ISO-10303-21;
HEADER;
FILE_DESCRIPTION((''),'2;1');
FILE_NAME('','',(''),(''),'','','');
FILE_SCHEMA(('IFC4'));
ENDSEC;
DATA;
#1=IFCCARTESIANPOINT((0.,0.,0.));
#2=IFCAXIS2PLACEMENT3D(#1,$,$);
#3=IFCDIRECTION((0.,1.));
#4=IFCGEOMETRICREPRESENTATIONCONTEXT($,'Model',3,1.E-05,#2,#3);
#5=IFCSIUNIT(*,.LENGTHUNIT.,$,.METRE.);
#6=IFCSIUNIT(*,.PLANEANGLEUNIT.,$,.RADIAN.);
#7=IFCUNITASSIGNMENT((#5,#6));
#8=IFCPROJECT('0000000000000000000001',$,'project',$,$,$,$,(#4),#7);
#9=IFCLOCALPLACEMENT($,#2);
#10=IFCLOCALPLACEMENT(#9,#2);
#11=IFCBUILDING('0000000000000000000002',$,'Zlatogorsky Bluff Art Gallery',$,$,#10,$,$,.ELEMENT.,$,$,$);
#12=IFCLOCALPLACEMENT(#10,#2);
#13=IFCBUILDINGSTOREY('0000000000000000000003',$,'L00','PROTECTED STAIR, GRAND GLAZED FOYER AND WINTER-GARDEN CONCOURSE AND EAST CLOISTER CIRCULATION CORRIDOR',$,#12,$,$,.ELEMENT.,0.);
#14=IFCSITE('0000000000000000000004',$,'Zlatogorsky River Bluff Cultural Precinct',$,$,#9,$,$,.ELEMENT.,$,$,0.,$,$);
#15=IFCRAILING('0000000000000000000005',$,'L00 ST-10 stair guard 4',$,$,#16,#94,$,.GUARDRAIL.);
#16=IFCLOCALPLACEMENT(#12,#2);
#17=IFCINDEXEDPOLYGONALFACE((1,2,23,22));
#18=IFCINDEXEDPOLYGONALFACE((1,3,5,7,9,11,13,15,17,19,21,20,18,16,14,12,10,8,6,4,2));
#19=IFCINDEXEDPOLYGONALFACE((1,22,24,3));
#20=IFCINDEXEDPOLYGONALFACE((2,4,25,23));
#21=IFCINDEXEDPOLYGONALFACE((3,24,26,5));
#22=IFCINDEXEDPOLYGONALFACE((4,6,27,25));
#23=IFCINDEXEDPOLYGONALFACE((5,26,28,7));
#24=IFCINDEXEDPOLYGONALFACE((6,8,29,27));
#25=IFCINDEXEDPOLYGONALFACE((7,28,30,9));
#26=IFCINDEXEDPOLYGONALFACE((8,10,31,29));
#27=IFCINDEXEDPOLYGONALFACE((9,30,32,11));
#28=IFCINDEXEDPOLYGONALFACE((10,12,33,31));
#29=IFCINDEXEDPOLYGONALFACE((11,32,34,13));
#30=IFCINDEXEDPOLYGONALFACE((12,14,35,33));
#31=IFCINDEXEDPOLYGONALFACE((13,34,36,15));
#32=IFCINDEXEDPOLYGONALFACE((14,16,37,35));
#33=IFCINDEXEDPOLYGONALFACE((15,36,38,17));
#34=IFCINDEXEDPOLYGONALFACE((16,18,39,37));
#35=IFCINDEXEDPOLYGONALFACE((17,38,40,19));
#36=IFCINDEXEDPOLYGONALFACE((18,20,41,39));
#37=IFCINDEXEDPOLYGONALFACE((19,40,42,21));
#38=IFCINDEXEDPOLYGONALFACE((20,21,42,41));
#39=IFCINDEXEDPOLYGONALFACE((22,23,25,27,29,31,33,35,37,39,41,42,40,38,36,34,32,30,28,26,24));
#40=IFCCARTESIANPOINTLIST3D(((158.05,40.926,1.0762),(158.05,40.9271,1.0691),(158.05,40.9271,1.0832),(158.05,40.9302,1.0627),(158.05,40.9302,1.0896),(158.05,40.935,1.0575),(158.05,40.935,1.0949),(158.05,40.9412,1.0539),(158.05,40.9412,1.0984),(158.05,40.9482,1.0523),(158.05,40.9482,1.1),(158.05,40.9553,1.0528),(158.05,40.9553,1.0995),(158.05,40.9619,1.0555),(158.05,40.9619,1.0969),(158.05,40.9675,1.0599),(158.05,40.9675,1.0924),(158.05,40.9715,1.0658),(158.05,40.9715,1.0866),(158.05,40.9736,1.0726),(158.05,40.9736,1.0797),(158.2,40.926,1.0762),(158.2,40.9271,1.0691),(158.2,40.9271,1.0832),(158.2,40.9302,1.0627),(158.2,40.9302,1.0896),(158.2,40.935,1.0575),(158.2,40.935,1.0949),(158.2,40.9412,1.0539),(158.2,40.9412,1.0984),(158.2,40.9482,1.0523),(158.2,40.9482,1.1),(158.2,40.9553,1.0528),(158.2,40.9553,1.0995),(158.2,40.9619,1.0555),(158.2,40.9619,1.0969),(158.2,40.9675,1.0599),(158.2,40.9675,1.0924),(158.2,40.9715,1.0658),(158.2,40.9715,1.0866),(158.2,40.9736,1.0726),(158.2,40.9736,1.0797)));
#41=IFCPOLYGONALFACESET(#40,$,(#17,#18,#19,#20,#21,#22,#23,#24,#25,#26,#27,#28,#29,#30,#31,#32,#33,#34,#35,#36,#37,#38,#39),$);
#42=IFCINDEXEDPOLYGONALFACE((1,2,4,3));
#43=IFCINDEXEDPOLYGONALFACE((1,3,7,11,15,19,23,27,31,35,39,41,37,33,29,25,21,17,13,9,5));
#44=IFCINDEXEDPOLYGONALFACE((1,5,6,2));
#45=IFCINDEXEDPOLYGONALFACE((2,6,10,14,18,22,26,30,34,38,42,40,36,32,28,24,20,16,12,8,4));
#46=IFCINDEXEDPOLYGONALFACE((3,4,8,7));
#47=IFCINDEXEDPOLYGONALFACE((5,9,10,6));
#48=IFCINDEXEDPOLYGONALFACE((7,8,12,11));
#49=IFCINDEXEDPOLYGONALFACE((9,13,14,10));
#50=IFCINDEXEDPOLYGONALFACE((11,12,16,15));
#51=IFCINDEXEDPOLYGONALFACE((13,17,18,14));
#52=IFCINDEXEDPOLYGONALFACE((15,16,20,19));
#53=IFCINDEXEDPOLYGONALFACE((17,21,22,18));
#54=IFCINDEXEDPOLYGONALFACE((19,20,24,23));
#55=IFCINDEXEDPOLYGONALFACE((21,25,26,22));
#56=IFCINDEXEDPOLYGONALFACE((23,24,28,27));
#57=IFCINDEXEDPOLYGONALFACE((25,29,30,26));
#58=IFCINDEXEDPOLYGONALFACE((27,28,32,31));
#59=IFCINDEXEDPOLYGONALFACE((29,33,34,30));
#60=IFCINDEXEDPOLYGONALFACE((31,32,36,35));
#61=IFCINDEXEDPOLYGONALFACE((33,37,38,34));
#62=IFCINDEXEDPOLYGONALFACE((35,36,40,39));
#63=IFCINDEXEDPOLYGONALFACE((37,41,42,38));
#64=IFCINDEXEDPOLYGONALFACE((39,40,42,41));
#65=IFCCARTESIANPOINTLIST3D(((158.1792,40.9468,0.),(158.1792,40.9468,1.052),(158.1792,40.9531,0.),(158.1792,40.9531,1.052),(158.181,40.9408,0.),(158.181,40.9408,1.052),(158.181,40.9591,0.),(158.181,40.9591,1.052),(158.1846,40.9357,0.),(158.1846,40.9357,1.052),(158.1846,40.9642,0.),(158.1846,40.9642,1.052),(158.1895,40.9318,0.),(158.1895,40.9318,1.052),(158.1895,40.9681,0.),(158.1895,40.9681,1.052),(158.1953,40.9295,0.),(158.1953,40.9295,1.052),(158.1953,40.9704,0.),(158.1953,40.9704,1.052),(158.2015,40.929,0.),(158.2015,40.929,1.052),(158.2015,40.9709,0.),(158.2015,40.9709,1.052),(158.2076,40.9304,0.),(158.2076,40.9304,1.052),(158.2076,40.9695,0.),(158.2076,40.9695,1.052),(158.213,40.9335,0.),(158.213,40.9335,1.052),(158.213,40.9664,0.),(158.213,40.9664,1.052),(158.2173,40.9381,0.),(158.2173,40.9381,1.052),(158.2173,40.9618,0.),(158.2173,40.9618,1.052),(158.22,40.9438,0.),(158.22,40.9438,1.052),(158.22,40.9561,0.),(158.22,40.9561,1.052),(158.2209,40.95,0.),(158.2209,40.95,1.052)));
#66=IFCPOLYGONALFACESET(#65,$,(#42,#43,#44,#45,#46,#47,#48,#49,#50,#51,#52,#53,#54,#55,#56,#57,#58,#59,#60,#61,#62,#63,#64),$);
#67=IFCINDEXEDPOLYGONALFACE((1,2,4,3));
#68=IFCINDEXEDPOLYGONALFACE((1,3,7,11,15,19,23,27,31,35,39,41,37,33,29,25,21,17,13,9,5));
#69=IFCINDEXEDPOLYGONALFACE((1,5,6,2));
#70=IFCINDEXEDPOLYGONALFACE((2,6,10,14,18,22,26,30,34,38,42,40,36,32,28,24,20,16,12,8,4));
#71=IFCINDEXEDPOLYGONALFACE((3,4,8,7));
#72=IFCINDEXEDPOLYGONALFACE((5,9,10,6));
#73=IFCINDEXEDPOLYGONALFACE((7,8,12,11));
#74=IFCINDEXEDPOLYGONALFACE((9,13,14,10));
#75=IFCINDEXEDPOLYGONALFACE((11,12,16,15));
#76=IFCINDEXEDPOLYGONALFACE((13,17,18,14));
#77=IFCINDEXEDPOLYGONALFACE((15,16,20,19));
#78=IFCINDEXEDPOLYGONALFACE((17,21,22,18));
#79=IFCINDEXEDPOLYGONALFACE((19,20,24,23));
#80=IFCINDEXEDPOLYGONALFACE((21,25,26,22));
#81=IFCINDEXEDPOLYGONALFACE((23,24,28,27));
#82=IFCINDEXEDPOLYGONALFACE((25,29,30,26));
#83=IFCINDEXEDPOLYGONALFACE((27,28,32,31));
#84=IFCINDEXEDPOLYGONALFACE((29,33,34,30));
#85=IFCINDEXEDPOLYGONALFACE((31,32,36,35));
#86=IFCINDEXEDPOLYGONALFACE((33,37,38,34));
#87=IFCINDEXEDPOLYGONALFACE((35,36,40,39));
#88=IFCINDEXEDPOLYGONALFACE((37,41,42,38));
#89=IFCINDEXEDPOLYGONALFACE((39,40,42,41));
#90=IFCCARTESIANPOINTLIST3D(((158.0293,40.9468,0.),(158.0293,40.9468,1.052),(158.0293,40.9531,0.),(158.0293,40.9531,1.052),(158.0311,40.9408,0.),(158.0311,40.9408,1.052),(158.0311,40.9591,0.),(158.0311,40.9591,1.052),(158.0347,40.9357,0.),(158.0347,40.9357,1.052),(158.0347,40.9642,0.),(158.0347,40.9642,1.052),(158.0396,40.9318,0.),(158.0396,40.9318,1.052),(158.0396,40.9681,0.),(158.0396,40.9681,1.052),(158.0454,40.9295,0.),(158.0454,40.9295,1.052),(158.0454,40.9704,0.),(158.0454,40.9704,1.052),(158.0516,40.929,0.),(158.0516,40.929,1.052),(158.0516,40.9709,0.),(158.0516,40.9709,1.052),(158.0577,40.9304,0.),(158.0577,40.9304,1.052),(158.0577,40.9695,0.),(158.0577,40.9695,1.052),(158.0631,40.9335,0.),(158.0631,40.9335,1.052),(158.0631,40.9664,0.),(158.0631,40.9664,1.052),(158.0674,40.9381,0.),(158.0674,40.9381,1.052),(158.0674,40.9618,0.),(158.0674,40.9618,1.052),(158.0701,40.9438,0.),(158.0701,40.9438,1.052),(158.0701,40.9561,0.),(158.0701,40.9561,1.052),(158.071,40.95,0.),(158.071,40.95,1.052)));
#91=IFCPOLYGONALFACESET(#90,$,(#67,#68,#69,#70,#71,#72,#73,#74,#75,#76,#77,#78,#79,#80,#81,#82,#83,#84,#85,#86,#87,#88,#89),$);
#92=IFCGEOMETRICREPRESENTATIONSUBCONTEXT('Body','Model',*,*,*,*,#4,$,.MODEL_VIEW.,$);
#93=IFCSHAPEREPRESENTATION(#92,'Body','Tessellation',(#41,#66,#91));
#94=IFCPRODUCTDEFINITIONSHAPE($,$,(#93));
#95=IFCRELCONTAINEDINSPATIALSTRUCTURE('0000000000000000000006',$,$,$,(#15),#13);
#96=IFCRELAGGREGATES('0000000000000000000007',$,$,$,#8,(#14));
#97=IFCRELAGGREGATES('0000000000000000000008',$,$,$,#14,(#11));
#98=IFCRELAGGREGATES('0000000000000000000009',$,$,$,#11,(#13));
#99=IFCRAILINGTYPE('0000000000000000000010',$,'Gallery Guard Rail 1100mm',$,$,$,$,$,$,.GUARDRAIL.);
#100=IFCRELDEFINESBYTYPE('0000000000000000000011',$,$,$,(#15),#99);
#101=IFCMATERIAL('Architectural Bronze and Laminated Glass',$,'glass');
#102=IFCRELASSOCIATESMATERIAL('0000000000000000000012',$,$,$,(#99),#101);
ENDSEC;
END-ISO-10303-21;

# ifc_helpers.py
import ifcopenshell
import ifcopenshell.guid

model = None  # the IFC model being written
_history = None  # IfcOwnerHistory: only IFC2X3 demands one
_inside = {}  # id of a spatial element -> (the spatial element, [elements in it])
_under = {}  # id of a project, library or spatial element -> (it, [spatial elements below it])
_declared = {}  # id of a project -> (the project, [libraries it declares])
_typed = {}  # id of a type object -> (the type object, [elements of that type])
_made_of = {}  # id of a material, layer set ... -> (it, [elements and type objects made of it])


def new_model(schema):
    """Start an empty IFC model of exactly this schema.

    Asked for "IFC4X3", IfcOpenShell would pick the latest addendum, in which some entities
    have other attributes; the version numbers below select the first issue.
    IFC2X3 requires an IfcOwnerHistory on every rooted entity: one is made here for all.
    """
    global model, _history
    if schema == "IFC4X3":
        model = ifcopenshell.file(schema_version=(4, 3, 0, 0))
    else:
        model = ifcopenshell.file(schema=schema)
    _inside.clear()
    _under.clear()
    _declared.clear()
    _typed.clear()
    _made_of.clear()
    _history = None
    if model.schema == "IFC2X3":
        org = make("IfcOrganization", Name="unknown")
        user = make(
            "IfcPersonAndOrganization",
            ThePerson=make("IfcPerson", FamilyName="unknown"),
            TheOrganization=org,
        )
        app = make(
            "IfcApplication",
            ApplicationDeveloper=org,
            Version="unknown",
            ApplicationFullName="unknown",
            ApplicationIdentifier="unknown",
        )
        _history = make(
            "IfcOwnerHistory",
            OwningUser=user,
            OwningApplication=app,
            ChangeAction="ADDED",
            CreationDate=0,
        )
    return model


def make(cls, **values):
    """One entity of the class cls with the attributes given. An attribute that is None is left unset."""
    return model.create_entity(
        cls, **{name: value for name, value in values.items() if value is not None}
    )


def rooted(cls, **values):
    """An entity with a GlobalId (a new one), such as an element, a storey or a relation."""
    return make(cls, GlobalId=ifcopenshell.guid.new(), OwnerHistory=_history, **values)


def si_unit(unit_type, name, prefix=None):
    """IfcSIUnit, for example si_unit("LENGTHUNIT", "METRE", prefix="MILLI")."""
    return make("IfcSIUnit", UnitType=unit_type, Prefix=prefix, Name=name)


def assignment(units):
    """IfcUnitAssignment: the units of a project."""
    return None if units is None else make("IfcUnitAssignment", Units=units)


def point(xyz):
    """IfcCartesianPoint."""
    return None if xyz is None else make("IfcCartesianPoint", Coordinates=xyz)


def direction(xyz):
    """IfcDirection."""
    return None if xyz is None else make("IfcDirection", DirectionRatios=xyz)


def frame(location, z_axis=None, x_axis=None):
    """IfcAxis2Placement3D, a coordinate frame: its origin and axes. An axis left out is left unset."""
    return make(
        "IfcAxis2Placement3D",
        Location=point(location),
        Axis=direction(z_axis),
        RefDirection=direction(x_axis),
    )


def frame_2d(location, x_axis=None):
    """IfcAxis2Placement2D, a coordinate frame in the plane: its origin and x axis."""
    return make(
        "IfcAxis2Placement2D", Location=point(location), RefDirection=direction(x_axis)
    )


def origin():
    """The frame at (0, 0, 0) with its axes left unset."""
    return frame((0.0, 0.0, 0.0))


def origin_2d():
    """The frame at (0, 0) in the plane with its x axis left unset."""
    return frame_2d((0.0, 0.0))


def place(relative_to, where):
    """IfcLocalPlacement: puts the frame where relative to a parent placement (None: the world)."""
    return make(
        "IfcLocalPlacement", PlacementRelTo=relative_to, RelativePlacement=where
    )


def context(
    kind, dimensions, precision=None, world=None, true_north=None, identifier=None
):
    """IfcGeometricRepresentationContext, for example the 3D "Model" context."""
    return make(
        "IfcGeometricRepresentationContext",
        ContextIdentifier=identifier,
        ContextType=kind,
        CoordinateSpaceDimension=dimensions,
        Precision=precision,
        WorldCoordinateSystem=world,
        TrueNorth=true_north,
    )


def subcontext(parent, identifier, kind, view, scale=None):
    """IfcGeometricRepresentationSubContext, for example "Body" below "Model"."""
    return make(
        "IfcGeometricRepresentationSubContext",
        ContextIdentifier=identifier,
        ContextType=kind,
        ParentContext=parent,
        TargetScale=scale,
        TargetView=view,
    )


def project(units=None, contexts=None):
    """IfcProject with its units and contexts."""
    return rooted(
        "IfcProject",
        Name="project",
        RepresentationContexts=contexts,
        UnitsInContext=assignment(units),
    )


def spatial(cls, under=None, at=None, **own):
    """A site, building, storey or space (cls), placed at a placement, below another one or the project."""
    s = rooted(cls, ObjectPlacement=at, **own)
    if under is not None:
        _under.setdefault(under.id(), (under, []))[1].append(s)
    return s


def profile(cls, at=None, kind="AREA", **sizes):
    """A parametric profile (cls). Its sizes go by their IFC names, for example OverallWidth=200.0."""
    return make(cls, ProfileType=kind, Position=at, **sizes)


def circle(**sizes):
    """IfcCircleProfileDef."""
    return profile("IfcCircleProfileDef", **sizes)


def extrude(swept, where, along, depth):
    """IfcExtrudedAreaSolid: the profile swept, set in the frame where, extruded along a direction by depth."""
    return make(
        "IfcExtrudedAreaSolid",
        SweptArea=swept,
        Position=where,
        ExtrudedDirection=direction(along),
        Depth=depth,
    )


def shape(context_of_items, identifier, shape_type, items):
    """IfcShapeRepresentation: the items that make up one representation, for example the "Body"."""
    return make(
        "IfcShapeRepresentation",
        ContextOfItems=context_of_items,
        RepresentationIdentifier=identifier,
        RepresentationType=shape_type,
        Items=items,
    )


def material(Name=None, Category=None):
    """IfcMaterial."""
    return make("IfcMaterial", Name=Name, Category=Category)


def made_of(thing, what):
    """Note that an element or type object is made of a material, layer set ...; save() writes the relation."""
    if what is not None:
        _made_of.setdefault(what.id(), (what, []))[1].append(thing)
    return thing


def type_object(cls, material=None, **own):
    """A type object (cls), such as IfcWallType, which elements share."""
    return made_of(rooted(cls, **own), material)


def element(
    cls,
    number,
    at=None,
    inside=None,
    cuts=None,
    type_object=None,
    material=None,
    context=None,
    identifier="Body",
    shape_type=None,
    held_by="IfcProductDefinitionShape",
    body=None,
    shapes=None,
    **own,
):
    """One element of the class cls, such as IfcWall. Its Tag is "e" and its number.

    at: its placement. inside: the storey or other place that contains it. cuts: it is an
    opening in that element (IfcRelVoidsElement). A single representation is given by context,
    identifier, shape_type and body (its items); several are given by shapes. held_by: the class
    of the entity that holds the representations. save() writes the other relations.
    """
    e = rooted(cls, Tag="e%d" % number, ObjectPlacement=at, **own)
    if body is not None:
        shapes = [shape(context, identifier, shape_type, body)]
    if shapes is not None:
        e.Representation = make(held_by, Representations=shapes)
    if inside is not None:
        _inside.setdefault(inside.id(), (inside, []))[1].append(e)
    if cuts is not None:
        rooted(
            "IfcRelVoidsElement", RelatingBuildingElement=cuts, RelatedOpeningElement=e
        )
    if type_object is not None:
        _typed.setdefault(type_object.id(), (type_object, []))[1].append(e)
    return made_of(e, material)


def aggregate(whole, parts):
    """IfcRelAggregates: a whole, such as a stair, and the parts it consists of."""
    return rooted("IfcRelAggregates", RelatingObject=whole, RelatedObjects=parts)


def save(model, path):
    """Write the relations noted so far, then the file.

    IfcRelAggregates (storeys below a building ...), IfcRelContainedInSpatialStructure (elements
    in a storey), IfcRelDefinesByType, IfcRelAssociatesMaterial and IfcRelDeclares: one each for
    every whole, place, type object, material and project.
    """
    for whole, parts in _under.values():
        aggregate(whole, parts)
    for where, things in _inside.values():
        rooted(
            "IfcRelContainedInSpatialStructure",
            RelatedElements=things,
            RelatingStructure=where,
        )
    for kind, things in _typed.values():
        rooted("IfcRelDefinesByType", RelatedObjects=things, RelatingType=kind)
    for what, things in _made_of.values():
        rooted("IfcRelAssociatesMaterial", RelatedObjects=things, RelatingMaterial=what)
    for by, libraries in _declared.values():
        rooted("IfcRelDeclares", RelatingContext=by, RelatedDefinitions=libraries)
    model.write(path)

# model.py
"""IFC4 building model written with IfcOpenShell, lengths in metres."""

from ifc_helpers import new_model, si_unit, direction, frame, origin, origin_2d, place, context, subcontext, project, spatial, circle, extrude, material, type_object, element, save


model = new_model("IFC4")

# Units and contexts
model_context = context("Model", 3, precision=1e-05, world=origin(), true_north=direction((0.0, 1.0)))
body_context = subcontext(model_context, "Body", "Model", "MODEL_VIEW")
ifc_project = project(units=[si_unit("LENGTHUNIT", "METRE"), si_unit("PLANEANGLEUNIT", "RADIAN")], contexts=[model_context])

# Site, building, storey
site_placement = place(None, origin())
site = spatial("IfcSite", under=ifc_project, at=site_placement, Name="Zlatogorsky River Bluff Cultural Precinct", CompositionType="ELEMENT", RefElevation=0.0)
building_placement = place(site_placement, origin())
building = spatial("IfcBuilding", under=site, at=building_placement, Name="Zlatogorsky Bluff Art Gallery", CompositionType="ELEMENT")
storey_placement = place(building_placement, origin())
storey = spatial("IfcBuildingStorey", under=building, at=storey_placement, Name="L00", Description="PROTECTED STAIR, GRAND GLAZED FOYER AND WINTER-GARDEN CONCOURSE AND EAST CLOISTER CIRCULATION CORRIDOR", CompositionType="ELEMENT", Elevation=0.0)

# Railing
ifc_material_1 = material(Name="Architectural Bronze and Laminated Glass", Category="glass")
railing_type_1 = type_object("IfcRailingType", Name="Gallery Guard Rail 1100mm", PredefinedType="GUARDRAIL", material=ifc_material_1)
railing_1_placement = place(storey_placement, frame((158.2, 40.95, 0.0)))
element("IfcRailing", 1, at=railing_1_placement, inside=storey, type_object=railing_type_1, Name="L00 ST-10 stair guard 4", PredefinedType="GUARDRAIL", context=body_context, shape_type="SweptSolid", body=[
    extrude(circle(Radius=0.0239, at=origin_2d()), frame((0.0, 0.0, 1.0762), z_axis=(-1.0, 0.0, 0.0), x_axis=(0.0, -1.0, 0.0)), (0.0, 0.0, 1.0), 0.1499),
    extrude(circle(Radius=0.021, at=origin_2d()), origin(), (0.0, 0.0, 1.0), 1.052),
    extrude(circle(Radius=0.021, at=origin_2d()), frame((-0.1499, 0.0, 0.0)), (0.0, 0.0, 1.0), 1.052),
])

save(model, "model.ifc")
